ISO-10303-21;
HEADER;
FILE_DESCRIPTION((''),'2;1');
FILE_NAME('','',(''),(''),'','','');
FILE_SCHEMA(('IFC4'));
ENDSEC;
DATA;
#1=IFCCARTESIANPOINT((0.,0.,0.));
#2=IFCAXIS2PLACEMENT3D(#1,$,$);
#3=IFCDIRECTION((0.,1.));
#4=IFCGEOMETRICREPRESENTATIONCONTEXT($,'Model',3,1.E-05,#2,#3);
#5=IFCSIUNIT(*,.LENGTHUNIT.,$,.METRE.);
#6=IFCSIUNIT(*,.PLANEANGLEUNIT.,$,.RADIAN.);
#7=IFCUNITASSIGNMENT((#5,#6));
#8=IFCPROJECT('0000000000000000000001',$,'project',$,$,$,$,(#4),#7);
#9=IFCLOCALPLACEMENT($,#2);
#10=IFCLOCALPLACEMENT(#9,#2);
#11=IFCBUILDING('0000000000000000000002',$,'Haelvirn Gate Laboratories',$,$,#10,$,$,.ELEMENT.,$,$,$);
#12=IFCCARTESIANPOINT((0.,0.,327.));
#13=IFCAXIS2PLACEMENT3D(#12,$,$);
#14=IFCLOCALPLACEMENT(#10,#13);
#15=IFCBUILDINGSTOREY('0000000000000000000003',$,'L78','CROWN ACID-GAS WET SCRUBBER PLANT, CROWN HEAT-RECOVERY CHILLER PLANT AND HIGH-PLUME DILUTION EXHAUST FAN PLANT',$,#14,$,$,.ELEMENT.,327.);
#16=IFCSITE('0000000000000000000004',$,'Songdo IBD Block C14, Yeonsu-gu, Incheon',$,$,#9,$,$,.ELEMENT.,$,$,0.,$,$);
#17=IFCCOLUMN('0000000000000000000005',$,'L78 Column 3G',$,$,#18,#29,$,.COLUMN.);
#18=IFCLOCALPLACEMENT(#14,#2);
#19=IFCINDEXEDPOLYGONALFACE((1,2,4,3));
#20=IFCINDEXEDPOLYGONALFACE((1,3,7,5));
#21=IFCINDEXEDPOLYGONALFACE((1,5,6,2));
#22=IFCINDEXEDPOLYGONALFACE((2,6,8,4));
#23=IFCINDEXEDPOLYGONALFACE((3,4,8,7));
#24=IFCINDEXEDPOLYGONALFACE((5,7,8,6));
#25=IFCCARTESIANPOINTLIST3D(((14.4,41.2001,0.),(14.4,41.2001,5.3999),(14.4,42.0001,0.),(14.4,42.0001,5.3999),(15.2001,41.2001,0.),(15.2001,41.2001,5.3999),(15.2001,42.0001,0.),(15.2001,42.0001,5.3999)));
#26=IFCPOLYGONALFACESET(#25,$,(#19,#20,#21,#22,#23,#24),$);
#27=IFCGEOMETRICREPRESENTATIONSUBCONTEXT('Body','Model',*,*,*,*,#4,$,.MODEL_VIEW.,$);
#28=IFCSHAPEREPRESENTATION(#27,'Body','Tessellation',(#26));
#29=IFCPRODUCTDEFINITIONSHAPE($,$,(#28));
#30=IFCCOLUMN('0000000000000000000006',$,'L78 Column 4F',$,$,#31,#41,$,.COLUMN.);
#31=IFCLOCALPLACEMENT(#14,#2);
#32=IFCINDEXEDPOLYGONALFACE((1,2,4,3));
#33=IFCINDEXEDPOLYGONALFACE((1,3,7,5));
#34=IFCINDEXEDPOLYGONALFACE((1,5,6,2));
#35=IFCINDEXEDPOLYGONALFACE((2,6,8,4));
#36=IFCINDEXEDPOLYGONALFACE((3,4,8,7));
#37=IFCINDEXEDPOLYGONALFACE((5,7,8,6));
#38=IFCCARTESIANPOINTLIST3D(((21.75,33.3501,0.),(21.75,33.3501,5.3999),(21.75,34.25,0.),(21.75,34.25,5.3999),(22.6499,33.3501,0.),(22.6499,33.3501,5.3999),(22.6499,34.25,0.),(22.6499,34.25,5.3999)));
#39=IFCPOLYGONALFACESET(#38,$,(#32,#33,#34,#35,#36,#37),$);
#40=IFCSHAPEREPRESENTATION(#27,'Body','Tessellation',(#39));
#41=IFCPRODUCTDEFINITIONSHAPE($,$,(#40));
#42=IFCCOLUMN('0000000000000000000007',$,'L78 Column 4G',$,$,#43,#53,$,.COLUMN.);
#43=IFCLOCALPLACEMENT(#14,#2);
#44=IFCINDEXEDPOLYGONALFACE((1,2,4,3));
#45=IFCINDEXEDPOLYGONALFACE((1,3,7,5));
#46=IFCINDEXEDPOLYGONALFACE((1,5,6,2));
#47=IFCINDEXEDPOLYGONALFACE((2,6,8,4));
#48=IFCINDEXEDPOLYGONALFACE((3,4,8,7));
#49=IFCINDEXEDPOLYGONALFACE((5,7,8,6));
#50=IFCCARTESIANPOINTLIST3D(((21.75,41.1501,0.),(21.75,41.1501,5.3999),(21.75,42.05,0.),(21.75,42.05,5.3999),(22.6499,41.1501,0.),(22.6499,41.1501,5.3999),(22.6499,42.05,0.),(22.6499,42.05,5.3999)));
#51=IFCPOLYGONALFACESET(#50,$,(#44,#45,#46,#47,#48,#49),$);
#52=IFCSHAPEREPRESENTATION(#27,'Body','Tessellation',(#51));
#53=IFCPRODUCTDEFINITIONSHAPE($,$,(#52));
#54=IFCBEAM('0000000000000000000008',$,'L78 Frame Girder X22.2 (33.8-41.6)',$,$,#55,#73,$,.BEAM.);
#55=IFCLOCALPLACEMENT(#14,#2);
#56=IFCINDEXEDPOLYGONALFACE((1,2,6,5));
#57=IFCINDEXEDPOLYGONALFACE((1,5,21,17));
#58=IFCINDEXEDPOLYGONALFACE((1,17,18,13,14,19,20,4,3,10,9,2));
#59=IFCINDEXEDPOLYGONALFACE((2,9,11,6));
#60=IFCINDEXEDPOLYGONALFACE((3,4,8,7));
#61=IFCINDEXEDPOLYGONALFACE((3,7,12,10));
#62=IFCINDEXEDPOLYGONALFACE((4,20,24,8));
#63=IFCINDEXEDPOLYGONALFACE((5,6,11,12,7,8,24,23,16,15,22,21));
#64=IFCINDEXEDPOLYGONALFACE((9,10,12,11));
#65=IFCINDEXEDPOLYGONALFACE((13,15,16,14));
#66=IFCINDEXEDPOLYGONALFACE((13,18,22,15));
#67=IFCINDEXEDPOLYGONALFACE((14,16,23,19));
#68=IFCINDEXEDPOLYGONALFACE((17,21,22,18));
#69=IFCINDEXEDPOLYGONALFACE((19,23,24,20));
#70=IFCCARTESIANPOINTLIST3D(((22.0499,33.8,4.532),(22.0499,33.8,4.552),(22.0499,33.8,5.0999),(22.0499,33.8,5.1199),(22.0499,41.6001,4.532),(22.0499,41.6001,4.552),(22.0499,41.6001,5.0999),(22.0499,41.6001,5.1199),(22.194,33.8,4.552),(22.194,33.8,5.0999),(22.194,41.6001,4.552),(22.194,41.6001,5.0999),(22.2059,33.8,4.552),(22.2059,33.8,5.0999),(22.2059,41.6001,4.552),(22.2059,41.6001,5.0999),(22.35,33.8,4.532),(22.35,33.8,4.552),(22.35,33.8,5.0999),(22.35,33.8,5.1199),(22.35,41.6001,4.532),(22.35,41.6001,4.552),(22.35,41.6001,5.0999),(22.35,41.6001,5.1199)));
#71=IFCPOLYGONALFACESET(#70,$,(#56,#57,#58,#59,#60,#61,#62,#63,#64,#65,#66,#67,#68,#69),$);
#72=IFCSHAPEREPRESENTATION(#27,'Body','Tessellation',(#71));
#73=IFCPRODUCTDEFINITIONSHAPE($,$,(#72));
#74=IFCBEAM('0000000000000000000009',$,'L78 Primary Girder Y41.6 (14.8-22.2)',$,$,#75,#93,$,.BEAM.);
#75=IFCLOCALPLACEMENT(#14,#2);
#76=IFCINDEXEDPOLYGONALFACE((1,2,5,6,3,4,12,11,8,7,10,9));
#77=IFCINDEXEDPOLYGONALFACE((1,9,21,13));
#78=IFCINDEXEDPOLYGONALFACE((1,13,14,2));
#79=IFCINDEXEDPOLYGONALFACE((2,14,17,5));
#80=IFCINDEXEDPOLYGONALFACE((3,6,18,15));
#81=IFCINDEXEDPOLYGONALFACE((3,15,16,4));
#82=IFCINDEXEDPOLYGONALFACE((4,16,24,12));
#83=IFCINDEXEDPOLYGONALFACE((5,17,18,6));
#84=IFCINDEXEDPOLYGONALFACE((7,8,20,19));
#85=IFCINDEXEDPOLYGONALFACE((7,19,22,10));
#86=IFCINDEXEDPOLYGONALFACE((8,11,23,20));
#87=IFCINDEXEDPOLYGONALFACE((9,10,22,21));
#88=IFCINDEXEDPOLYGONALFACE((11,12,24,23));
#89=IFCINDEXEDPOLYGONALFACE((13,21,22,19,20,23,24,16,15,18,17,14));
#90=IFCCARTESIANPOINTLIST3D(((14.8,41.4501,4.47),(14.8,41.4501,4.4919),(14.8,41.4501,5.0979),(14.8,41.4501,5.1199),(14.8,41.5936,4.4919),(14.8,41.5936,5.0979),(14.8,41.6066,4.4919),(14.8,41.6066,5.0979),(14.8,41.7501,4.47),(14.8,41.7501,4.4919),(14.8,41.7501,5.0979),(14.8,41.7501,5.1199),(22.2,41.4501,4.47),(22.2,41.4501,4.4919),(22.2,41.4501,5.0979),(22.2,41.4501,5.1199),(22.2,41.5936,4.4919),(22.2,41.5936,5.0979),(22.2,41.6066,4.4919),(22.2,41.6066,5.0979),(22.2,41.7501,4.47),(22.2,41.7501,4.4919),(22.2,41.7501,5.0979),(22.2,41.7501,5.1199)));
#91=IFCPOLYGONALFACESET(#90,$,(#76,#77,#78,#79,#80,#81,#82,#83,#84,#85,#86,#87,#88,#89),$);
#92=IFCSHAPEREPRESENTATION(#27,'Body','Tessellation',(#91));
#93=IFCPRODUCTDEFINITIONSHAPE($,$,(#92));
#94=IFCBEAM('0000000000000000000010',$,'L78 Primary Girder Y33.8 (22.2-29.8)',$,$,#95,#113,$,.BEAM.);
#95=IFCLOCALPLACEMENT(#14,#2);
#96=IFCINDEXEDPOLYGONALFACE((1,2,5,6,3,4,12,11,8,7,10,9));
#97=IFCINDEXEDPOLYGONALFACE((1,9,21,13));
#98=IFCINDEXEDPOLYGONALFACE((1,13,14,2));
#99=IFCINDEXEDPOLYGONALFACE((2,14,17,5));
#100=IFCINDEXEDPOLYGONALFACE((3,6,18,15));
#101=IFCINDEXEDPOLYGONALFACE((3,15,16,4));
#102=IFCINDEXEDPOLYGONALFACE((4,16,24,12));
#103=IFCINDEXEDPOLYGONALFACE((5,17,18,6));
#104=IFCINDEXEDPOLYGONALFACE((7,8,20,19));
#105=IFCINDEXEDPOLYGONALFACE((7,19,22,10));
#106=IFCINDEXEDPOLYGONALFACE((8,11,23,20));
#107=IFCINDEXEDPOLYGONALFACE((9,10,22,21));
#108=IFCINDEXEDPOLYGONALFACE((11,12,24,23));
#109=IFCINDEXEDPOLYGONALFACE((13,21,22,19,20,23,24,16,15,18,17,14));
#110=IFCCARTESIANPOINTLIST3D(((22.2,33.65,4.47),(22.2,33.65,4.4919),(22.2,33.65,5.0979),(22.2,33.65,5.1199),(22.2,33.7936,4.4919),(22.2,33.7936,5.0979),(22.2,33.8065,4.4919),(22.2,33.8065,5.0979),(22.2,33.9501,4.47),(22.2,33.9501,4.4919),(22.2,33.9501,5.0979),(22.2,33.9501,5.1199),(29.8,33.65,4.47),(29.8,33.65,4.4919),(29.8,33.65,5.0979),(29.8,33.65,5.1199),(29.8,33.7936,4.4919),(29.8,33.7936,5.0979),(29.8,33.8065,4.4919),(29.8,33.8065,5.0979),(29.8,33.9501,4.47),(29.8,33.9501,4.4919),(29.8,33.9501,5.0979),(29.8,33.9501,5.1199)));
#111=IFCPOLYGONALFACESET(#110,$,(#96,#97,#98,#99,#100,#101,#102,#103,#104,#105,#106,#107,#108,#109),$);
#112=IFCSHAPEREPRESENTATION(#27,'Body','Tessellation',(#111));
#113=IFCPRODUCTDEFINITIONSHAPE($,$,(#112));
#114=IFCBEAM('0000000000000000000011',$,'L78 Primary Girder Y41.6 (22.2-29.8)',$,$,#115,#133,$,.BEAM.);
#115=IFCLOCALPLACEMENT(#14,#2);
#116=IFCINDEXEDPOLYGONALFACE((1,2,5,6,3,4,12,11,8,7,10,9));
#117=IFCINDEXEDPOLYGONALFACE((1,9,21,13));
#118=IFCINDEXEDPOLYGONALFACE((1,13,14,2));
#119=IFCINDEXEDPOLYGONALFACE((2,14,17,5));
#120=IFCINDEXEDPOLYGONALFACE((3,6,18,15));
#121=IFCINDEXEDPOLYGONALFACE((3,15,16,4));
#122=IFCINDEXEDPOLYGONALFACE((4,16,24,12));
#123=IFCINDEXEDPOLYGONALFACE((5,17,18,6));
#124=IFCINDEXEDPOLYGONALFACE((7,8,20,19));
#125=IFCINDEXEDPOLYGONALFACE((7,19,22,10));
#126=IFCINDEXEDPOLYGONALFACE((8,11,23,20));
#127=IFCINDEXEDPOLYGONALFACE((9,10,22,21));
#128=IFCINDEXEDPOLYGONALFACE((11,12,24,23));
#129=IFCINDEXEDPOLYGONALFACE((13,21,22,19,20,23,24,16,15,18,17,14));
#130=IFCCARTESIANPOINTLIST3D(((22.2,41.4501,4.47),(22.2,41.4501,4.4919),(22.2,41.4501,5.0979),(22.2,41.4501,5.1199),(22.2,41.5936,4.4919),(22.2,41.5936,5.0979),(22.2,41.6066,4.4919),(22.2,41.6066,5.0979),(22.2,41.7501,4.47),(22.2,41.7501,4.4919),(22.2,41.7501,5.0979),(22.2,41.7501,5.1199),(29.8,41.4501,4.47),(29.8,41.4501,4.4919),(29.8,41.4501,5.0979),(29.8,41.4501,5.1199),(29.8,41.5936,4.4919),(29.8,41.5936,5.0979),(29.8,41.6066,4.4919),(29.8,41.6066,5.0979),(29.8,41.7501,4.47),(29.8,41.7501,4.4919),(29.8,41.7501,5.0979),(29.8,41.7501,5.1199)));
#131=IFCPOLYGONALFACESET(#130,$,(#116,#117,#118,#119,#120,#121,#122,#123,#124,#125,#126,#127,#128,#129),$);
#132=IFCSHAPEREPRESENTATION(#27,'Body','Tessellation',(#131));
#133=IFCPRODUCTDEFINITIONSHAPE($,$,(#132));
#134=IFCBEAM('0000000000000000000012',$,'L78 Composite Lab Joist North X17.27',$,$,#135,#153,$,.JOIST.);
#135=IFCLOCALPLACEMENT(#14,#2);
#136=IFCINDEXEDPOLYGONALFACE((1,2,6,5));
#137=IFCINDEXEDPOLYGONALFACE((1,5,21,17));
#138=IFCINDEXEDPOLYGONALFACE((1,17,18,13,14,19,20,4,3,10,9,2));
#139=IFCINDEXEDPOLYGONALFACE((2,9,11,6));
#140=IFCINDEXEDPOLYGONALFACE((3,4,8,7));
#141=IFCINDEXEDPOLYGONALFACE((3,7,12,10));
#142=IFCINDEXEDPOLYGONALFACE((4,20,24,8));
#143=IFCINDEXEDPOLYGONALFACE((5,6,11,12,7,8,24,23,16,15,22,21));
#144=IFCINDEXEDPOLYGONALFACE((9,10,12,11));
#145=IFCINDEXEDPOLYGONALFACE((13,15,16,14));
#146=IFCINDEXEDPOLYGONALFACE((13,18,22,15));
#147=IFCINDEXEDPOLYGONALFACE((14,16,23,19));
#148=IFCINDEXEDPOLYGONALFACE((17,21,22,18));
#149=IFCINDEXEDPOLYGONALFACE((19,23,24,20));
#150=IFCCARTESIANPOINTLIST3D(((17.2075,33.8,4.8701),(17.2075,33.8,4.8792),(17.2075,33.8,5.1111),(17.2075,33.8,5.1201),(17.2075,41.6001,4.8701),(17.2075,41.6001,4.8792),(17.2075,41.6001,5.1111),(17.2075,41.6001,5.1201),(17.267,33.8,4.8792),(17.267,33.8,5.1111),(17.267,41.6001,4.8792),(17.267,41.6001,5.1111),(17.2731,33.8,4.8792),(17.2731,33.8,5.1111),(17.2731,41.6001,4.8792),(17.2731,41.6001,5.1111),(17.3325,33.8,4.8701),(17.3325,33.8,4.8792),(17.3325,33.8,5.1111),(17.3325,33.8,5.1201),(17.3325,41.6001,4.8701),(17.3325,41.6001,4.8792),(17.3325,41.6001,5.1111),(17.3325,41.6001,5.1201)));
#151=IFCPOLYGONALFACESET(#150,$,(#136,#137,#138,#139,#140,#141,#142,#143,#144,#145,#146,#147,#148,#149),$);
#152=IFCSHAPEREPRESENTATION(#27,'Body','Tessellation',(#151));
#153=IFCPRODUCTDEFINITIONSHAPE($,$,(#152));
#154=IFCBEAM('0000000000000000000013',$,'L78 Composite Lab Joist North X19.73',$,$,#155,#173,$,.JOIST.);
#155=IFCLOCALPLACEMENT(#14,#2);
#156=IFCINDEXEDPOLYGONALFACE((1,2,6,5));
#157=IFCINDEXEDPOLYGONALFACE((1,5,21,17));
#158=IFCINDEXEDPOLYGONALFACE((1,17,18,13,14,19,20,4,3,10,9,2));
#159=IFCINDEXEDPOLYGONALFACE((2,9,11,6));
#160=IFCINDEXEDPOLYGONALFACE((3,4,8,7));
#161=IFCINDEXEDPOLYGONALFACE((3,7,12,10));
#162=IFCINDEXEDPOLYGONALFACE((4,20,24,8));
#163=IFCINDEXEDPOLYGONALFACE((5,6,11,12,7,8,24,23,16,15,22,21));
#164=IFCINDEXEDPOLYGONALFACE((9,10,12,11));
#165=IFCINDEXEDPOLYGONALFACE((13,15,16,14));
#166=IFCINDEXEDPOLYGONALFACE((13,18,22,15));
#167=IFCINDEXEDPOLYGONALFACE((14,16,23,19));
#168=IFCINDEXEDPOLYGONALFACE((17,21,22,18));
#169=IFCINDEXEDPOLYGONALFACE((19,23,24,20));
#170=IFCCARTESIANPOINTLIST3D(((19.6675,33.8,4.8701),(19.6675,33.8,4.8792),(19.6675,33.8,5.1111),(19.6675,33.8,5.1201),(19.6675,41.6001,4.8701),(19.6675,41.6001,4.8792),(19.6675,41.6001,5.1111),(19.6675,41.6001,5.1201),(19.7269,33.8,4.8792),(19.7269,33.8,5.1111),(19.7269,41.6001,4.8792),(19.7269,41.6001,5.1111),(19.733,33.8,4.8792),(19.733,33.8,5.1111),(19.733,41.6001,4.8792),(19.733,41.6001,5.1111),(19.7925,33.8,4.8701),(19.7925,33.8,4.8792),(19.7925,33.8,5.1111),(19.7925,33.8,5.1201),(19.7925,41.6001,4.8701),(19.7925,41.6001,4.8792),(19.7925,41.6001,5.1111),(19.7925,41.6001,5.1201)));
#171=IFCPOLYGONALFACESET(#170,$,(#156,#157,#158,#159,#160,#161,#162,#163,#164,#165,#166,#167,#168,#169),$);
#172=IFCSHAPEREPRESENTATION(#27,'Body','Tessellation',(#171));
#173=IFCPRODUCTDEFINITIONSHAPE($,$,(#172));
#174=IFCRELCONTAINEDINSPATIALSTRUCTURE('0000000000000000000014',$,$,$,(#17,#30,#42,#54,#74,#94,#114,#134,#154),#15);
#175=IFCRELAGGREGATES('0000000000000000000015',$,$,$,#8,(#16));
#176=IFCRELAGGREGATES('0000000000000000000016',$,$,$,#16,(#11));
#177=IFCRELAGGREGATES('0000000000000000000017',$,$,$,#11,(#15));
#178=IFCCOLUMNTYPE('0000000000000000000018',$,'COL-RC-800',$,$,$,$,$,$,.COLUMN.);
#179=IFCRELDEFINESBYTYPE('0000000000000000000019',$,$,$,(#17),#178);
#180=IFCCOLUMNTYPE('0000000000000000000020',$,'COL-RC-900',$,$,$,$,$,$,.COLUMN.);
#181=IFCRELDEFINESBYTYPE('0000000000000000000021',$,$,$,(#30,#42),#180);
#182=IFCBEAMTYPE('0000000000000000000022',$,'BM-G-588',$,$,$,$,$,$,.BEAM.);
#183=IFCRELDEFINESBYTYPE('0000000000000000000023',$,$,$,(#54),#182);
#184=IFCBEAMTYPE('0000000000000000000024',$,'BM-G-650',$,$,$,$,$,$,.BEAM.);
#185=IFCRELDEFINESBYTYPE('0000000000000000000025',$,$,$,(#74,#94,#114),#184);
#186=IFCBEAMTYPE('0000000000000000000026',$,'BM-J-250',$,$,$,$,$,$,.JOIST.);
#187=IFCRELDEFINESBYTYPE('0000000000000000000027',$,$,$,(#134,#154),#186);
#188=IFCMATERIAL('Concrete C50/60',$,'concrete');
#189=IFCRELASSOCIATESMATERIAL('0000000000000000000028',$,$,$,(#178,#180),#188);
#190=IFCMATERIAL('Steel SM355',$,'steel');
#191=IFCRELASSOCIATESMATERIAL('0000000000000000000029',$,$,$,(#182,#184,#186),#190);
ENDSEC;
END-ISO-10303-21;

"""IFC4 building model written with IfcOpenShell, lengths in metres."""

from ifc_helpers import new_model, si_unit, direction, frame, origin, origin_2d, place, context, subcontext, project, spatial, rectangle, i_section, extrude, source, transform, mapped, material, material_profile, profile_set, type_object, type_shapes, element, save


model = new_model("IFC4")

# Units and contexts
model_context = context("Model", 3, precision=1e-05, world=origin(), true_north=direction((0.0, 1.0)))
body_context = subcontext(model_context, "Body", "Model", "MODEL_VIEW")
ifc_project = project(units=[si_unit("LENGTHUNIT", "METRE"), si_unit("PLANEANGLEUNIT", "RADIAN")], contexts=[model_context])

# Site, building, storey
site_placement = place(None, origin())
site = spatial("IfcSite", under=ifc_project, at=site_placement, Name="Songdo IBD Block C14, Yeonsu-gu, Incheon", CompositionType="ELEMENT", RefElevation=0.0)
building_placement = place(site_placement, origin())
building = spatial("IfcBuilding", under=site, at=building_placement, Name="Haelvirn Gate Laboratories", CompositionType="ELEMENT")
storey_placement = place(building_placement, frame((0.0, 0.0, 327.0)))
storey = spatial("IfcBuildingStorey", under=building, at=storey_placement, Name="L78", Description="CROWN ACID-GAS WET SCRUBBER PLANT, CROWN HEAT-RECOVERY CHILLER PLANT AND HIGH-PLUME DILUTION EXHAUST FAN PLANT", CompositionType="ELEMENT", Elevation=327.0)

# Columns
ifc_material_1 = material(Name="Concrete C50/60", Category="concrete")
ifc_material_profile_1 = material_profile(ifc_material_1, rectangle(XDim=0.8, YDim=0.8, at=origin_2d()), Name="RC-800x800")
ifc_profile_set_1 = profile_set([ifc_material_profile_1], Name="Concrete C50/60")
column_type_1 = type_object("IfcColumnType", Name="COL-RC-800", PredefinedType="COLUMN", material=ifc_profile_set_1)
shared_shape_1 = source(origin(), body_context, "Body", "SweptSolid", [
    extrude(rectangle(XDim=0.8, YDim=0.8, at=origin_2d()), origin(), (0.0, 0.0, 1.0), 5.3999),
])
type_shapes(column_type_1, [shared_shape_1])
column_placement = place(storey_placement, frame((14.8, 41.6001, 0.0), z_axis=(0.0, 0.0, 1.0), x_axis=(1.0, 0.0, 0.0)))
element("IfcColumn", 1, at=column_placement, inside=storey, type_object=column_type_1, Name="L78 Column 3G", PredefinedType="COLUMN", context=body_context, shape_type="MappedRepresentation", body=[
    mapped(shared_shape_1, transform((0.0, 0.0, 0.0), scale=1.0)),
])
ifc_material_profile_2 = material_profile(ifc_material_1, rectangle(XDim=0.8999, YDim=0.8999, at=origin_2d()), Name="RC-900x900")
ifc_profile_set_2 = profile_set([ifc_material_profile_2], Name="Concrete C50/60")
column_type_2 = type_object("IfcColumnType", Name="COL-RC-900", PredefinedType="COLUMN", material=ifc_profile_set_2)
shared_shape_2 = source(origin(), body_context, "Body", "SweptSolid", [
    extrude(rectangle(XDim=0.8999, YDim=0.8999, at=origin_2d()), origin(), (0.0, 0.0, 1.0), 5.3999),
])
type_shapes(column_type_2, [shared_shape_2])
for number, where, z_axis, x_axis, name in (
    (2, (22.2, 33.8, 0.0), (0.0, 0.0, 1.0), (1.0, 0.0, 0.0), "L78 Column 4F"),
    (3, (22.2, 41.6001, 0.0), (0.0, 0.0, 1.0), (1.0, 0.0, 0.0), "L78 Column 4G"),
):
    element("IfcColumn", number, at=place(storey_placement, frame(where, z_axis=z_axis, x_axis=x_axis)), inside=storey, type_object=column_type_2, Name=name, PredefinedType="COLUMN", context=body_context, shape_type="MappedRepresentation", body=[
        mapped(shared_shape_2, transform((0.0, 0.0, 0.0), scale=1.0)),
    ])

# Beams
ifc_material_2 = material(Name="Steel SM355", Category="steel")
ifc_material_profile_3 = material_profile(ifc_material_2, i_section(OverallWidth=0.3, OverallDepth=0.5879, WebThickness=0.012, FlangeThickness=0.02, at=origin_2d()), Name="H-588x300x12x20")
ifc_profile_set_3 = profile_set([ifc_material_profile_3], Name="Steel SM355")
beam_type_1 = type_object("IfcBeamType", Name="BM-G-588", PredefinedType="BEAM", material=ifc_profile_set_3)
shared_shape_3 = source(origin(), body_context, "Body", "SweptSolid", [
    extrude(i_section(OverallWidth=0.3, OverallDepth=0.5879, WebThickness=0.012, FlangeThickness=0.02, at=origin_2d()), origin(), (0.0, 0.0, 1.0), 7.8),
])
type_shapes(beam_type_1, [shared_shape_3])
beam_1_placement = place(storey_placement, frame((22.2, 33.8, 4.8259), z_axis=(0.0, 1.0, 0.0), x_axis=(-1.0, 0.0, 0.0)))
element("IfcBeam", 4, at=beam_1_placement, inside=storey, type_object=beam_type_1, Name="L78 Frame Girder X22.2 (33.8-41.6)", PredefinedType="BEAM", context=body_context, shape_type="MappedRepresentation", body=[
    mapped(shared_shape_3, transform((0.0, 0.0, 0.0), scale=1.0)),
])
ifc_material_profile_4 = material_profile(ifc_material_2, i_section(OverallWidth=0.3, OverallDepth=0.6499, WebThickness=0.0129, FlangeThickness=0.022, at=origin_2d()), Name="H-650x300x13x22")
ifc_profile_set_4 = profile_set([ifc_material_profile_4], Name="Steel SM355")
beam_type_2 = type_object("IfcBeamType", Name="BM-G-650", PredefinedType="BEAM", material=ifc_profile_set_4)
shared_shape_4 = source(origin(), body_context, "Body", "SweptSolid", [
    extrude(i_section(OverallWidth=0.3, OverallDepth=0.6499, WebThickness=0.0129, FlangeThickness=0.022, at=origin_2d()), origin(), (0.0, 0.0, 1.0), 7.3999),
])
beam_2_placement = place(storey_placement, frame((14.8, 41.6001, 4.7949), z_axis=(1.0, 0.0, 0.0), x_axis=(0.0, 1.0, 0.0)))
element("IfcBeam", 5, at=beam_2_placement, inside=storey, type_object=beam_type_2, Name="L78 Primary Girder Y41.6 (14.8-22.2)", PredefinedType="BEAM", context=body_context, shape_type="MappedRepresentation", body=[
    mapped(shared_shape_4, transform((0.0, 0.0, 0.0), scale=1.0)),
])
shared_shape_5 = source(origin(), body_context, "Body", "SweptSolid", [
    extrude(i_section(OverallWidth=0.3, OverallDepth=0.6499, WebThickness=0.0129, FlangeThickness=0.022, at=origin_2d()), origin(), (0.0, 0.0, 1.0), 7.6001),
])
type_shapes(beam_type_2, [shared_shape_4, shared_shape_5])
for number, where, z_axis, x_axis, name in (
    (6, (22.2, 33.8, 4.7949), (1.0, 0.0, 0.0), (0.0, 1.0, 0.0), "L78 Primary Girder Y33.8 (22.2-29.8)"),
    (7, (22.2, 41.6001, 4.7949), (1.0, 0.0, 0.0), (0.0, 1.0, 0.0), "L78 Primary Girder Y41.6 (22.2-29.8)"),
):
    element("IfcBeam", number, at=place(storey_placement, frame(where, z_axis=z_axis, x_axis=x_axis)), inside=storey, type_object=beam_type_2, Name=name, PredefinedType="BEAM", context=body_context, shape_type="MappedRepresentation", body=[
        mapped(shared_shape_5, transform((0.0, 0.0, 0.0), scale=1.0)),
    ])
ifc_material_profile_5 = material_profile(ifc_material_2, i_section(OverallWidth=0.125, OverallDepth=0.25, WebThickness=0.0061, FlangeThickness=0.009, at=origin_2d()), Name="H-250x125x6x9")
ifc_profile_set_5 = profile_set([ifc_material_profile_5], Name="Steel SM355")
beam_type_3 = type_object("IfcBeamType", Name="BM-J-250", PredefinedType="JOIST", material=ifc_profile_set_5)
shared_shape_6 = source(origin(), body_context, "Body", "SweptSolid", [
    extrude(i_section(OverallWidth=0.125, OverallDepth=0.25, WebThickness=0.0061, FlangeThickness=0.009, at=origin_2d()), origin(), (0.0, 0.0, 1.0), 7.8),
])
type_shapes(beam_type_3, [shared_shape_6])
for number, where, z_axis, x_axis, name in (
    (8, (17.27, 33.8, 4.9951), (0.0, 1.0, 0.0), (-1.0, 0.0, 0.0), "L78 Composite Lab Joist North X17.27"),
    (9, (19.73, 33.8, 4.9951), (0.0, 1.0, 0.0), (-1.0, 0.0, 0.0), "L78 Composite Lab Joist North X19.73"),
):
    element("IfcBeam", number, at=place(storey_placement, frame(where, z_axis=z_axis, x_axis=x_axis)), inside=storey, type_object=beam_type_3, Name=name, PredefinedType="JOIST", context=body_context, shape_type="MappedRepresentation", body=[
        mapped(shared_shape_6, transform((0.0, 0.0, 0.0), scale=1.0)),
    ])

save(model, "model.ifc")
